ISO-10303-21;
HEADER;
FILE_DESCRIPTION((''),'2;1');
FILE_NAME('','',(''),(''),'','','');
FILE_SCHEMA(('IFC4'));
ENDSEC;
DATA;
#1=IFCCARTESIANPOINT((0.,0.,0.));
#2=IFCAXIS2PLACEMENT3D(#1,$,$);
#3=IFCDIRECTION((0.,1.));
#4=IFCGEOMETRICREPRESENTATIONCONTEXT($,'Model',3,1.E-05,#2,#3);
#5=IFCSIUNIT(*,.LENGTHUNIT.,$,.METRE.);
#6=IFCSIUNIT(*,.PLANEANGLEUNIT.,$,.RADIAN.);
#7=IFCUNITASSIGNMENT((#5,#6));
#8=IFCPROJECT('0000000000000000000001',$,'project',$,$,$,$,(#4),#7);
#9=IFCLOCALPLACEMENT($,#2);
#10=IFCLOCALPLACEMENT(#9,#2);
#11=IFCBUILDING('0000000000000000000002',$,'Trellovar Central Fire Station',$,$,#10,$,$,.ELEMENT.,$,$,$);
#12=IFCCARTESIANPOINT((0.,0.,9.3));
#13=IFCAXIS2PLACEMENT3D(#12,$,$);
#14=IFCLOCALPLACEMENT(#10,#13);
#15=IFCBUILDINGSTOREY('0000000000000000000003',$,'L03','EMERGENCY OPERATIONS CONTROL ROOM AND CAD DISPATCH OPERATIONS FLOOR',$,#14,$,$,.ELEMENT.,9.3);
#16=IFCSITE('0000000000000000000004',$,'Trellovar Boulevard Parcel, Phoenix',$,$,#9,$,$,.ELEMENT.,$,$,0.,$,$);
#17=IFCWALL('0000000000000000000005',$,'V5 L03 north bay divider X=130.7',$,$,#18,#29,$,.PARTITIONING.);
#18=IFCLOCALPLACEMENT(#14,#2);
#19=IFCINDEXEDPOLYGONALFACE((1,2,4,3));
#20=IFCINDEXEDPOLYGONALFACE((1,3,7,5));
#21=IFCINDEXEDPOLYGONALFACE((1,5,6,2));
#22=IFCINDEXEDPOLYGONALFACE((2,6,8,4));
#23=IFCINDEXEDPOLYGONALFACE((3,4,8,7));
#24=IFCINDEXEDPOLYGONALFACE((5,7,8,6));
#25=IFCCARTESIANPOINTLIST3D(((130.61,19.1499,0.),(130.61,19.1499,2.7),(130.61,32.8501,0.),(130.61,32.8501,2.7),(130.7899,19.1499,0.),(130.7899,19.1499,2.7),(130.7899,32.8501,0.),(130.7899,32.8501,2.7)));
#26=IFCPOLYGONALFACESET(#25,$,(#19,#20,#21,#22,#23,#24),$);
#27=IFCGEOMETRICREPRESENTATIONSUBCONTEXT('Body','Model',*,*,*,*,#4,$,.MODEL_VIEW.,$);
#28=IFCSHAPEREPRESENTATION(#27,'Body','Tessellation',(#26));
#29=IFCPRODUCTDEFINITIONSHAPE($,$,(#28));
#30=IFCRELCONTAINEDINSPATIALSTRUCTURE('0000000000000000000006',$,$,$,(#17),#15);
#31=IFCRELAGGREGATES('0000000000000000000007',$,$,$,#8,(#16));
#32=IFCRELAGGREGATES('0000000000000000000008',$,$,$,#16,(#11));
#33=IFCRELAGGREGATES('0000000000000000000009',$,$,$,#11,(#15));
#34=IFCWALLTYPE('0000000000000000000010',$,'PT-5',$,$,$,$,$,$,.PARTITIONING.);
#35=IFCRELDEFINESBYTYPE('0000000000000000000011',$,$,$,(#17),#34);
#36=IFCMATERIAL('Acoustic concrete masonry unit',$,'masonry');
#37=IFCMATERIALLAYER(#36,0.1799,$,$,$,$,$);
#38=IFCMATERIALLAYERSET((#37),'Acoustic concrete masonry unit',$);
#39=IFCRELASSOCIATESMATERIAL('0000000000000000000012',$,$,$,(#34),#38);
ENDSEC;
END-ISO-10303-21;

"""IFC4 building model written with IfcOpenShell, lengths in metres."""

from ifc_helpers import new_model, si_unit, direction, frame, frame_2d, origin, place, context, subcontext, project, spatial, rectangle, extrude, material, layer, layer_set, type_object, element, save


model = new_model("IFC4")

# Units and contexts
model_context = context("Model", 3, precision=1e-05, world=origin(), true_north=direction((0.0, 1.0)))
body_context = subcontext(model_context, "Body", "Model", "MODEL_VIEW")
ifc_project = project(units=[si_unit("LENGTHUNIT", "METRE"), si_unit("PLANEANGLEUNIT", "RADIAN")], contexts=[model_context])

# Site, building, storey
site_placement = place(None, origin())
site = spatial("IfcSite", under=ifc_project, at=site_placement, Name="Trellovar Boulevard Parcel, Phoenix", CompositionType="ELEMENT", RefElevation=0.0)
building_placement = place(site_placement, origin())
building = spatial("IfcBuilding", under=site, at=building_placement, Name="Trellovar Central Fire Station", CompositionType="ELEMENT")
storey_placement = place(building_placement, frame((0.0, 0.0, 9.3)))
storey = spatial("IfcBuildingStorey", under=building, at=storey_placement, Name="L03", Description="EMERGENCY OPERATIONS CONTROL ROOM AND CAD DISPATCH OPERATIONS FLOOR", CompositionType="ELEMENT", Elevation=9.3)

# Wall
ifc_material_1 = material(Name="Acoustic concrete masonry unit", Category="masonry")
ifc_layer_1 = layer(ifc_material_1, 0.1799)
ifc_layer_set_1 = layer_set([ifc_layer_1], Name="Acoustic concrete masonry unit")
wall_type_1 = type_object("IfcWallType", Name="PT-5", PredefinedType="PARTITIONING", material=ifc_layer_set_1)
wall_1_placement = place(storey_placement, frame((130.7, 19.1499, 0.0), z_axis=(0.0, 0.0, 1.0), x_axis=(0.0, 1.0, 0.0)))
element("IfcWall", 1, at=wall_1_placement, inside=storey, type_object=wall_type_1, Name="V5 L03 north bay divider X=130.7", PredefinedType="PARTITIONING", context=body_context, shape_type="SweptSolid", body=[
    extrude(rectangle(XDim=13.7002, YDim=0.1799, at=frame_2d((6.8501, 0.0))), origin(), (0.0, 0.0, 1.0), 2.7),
])

save(model, "model.ifc")
